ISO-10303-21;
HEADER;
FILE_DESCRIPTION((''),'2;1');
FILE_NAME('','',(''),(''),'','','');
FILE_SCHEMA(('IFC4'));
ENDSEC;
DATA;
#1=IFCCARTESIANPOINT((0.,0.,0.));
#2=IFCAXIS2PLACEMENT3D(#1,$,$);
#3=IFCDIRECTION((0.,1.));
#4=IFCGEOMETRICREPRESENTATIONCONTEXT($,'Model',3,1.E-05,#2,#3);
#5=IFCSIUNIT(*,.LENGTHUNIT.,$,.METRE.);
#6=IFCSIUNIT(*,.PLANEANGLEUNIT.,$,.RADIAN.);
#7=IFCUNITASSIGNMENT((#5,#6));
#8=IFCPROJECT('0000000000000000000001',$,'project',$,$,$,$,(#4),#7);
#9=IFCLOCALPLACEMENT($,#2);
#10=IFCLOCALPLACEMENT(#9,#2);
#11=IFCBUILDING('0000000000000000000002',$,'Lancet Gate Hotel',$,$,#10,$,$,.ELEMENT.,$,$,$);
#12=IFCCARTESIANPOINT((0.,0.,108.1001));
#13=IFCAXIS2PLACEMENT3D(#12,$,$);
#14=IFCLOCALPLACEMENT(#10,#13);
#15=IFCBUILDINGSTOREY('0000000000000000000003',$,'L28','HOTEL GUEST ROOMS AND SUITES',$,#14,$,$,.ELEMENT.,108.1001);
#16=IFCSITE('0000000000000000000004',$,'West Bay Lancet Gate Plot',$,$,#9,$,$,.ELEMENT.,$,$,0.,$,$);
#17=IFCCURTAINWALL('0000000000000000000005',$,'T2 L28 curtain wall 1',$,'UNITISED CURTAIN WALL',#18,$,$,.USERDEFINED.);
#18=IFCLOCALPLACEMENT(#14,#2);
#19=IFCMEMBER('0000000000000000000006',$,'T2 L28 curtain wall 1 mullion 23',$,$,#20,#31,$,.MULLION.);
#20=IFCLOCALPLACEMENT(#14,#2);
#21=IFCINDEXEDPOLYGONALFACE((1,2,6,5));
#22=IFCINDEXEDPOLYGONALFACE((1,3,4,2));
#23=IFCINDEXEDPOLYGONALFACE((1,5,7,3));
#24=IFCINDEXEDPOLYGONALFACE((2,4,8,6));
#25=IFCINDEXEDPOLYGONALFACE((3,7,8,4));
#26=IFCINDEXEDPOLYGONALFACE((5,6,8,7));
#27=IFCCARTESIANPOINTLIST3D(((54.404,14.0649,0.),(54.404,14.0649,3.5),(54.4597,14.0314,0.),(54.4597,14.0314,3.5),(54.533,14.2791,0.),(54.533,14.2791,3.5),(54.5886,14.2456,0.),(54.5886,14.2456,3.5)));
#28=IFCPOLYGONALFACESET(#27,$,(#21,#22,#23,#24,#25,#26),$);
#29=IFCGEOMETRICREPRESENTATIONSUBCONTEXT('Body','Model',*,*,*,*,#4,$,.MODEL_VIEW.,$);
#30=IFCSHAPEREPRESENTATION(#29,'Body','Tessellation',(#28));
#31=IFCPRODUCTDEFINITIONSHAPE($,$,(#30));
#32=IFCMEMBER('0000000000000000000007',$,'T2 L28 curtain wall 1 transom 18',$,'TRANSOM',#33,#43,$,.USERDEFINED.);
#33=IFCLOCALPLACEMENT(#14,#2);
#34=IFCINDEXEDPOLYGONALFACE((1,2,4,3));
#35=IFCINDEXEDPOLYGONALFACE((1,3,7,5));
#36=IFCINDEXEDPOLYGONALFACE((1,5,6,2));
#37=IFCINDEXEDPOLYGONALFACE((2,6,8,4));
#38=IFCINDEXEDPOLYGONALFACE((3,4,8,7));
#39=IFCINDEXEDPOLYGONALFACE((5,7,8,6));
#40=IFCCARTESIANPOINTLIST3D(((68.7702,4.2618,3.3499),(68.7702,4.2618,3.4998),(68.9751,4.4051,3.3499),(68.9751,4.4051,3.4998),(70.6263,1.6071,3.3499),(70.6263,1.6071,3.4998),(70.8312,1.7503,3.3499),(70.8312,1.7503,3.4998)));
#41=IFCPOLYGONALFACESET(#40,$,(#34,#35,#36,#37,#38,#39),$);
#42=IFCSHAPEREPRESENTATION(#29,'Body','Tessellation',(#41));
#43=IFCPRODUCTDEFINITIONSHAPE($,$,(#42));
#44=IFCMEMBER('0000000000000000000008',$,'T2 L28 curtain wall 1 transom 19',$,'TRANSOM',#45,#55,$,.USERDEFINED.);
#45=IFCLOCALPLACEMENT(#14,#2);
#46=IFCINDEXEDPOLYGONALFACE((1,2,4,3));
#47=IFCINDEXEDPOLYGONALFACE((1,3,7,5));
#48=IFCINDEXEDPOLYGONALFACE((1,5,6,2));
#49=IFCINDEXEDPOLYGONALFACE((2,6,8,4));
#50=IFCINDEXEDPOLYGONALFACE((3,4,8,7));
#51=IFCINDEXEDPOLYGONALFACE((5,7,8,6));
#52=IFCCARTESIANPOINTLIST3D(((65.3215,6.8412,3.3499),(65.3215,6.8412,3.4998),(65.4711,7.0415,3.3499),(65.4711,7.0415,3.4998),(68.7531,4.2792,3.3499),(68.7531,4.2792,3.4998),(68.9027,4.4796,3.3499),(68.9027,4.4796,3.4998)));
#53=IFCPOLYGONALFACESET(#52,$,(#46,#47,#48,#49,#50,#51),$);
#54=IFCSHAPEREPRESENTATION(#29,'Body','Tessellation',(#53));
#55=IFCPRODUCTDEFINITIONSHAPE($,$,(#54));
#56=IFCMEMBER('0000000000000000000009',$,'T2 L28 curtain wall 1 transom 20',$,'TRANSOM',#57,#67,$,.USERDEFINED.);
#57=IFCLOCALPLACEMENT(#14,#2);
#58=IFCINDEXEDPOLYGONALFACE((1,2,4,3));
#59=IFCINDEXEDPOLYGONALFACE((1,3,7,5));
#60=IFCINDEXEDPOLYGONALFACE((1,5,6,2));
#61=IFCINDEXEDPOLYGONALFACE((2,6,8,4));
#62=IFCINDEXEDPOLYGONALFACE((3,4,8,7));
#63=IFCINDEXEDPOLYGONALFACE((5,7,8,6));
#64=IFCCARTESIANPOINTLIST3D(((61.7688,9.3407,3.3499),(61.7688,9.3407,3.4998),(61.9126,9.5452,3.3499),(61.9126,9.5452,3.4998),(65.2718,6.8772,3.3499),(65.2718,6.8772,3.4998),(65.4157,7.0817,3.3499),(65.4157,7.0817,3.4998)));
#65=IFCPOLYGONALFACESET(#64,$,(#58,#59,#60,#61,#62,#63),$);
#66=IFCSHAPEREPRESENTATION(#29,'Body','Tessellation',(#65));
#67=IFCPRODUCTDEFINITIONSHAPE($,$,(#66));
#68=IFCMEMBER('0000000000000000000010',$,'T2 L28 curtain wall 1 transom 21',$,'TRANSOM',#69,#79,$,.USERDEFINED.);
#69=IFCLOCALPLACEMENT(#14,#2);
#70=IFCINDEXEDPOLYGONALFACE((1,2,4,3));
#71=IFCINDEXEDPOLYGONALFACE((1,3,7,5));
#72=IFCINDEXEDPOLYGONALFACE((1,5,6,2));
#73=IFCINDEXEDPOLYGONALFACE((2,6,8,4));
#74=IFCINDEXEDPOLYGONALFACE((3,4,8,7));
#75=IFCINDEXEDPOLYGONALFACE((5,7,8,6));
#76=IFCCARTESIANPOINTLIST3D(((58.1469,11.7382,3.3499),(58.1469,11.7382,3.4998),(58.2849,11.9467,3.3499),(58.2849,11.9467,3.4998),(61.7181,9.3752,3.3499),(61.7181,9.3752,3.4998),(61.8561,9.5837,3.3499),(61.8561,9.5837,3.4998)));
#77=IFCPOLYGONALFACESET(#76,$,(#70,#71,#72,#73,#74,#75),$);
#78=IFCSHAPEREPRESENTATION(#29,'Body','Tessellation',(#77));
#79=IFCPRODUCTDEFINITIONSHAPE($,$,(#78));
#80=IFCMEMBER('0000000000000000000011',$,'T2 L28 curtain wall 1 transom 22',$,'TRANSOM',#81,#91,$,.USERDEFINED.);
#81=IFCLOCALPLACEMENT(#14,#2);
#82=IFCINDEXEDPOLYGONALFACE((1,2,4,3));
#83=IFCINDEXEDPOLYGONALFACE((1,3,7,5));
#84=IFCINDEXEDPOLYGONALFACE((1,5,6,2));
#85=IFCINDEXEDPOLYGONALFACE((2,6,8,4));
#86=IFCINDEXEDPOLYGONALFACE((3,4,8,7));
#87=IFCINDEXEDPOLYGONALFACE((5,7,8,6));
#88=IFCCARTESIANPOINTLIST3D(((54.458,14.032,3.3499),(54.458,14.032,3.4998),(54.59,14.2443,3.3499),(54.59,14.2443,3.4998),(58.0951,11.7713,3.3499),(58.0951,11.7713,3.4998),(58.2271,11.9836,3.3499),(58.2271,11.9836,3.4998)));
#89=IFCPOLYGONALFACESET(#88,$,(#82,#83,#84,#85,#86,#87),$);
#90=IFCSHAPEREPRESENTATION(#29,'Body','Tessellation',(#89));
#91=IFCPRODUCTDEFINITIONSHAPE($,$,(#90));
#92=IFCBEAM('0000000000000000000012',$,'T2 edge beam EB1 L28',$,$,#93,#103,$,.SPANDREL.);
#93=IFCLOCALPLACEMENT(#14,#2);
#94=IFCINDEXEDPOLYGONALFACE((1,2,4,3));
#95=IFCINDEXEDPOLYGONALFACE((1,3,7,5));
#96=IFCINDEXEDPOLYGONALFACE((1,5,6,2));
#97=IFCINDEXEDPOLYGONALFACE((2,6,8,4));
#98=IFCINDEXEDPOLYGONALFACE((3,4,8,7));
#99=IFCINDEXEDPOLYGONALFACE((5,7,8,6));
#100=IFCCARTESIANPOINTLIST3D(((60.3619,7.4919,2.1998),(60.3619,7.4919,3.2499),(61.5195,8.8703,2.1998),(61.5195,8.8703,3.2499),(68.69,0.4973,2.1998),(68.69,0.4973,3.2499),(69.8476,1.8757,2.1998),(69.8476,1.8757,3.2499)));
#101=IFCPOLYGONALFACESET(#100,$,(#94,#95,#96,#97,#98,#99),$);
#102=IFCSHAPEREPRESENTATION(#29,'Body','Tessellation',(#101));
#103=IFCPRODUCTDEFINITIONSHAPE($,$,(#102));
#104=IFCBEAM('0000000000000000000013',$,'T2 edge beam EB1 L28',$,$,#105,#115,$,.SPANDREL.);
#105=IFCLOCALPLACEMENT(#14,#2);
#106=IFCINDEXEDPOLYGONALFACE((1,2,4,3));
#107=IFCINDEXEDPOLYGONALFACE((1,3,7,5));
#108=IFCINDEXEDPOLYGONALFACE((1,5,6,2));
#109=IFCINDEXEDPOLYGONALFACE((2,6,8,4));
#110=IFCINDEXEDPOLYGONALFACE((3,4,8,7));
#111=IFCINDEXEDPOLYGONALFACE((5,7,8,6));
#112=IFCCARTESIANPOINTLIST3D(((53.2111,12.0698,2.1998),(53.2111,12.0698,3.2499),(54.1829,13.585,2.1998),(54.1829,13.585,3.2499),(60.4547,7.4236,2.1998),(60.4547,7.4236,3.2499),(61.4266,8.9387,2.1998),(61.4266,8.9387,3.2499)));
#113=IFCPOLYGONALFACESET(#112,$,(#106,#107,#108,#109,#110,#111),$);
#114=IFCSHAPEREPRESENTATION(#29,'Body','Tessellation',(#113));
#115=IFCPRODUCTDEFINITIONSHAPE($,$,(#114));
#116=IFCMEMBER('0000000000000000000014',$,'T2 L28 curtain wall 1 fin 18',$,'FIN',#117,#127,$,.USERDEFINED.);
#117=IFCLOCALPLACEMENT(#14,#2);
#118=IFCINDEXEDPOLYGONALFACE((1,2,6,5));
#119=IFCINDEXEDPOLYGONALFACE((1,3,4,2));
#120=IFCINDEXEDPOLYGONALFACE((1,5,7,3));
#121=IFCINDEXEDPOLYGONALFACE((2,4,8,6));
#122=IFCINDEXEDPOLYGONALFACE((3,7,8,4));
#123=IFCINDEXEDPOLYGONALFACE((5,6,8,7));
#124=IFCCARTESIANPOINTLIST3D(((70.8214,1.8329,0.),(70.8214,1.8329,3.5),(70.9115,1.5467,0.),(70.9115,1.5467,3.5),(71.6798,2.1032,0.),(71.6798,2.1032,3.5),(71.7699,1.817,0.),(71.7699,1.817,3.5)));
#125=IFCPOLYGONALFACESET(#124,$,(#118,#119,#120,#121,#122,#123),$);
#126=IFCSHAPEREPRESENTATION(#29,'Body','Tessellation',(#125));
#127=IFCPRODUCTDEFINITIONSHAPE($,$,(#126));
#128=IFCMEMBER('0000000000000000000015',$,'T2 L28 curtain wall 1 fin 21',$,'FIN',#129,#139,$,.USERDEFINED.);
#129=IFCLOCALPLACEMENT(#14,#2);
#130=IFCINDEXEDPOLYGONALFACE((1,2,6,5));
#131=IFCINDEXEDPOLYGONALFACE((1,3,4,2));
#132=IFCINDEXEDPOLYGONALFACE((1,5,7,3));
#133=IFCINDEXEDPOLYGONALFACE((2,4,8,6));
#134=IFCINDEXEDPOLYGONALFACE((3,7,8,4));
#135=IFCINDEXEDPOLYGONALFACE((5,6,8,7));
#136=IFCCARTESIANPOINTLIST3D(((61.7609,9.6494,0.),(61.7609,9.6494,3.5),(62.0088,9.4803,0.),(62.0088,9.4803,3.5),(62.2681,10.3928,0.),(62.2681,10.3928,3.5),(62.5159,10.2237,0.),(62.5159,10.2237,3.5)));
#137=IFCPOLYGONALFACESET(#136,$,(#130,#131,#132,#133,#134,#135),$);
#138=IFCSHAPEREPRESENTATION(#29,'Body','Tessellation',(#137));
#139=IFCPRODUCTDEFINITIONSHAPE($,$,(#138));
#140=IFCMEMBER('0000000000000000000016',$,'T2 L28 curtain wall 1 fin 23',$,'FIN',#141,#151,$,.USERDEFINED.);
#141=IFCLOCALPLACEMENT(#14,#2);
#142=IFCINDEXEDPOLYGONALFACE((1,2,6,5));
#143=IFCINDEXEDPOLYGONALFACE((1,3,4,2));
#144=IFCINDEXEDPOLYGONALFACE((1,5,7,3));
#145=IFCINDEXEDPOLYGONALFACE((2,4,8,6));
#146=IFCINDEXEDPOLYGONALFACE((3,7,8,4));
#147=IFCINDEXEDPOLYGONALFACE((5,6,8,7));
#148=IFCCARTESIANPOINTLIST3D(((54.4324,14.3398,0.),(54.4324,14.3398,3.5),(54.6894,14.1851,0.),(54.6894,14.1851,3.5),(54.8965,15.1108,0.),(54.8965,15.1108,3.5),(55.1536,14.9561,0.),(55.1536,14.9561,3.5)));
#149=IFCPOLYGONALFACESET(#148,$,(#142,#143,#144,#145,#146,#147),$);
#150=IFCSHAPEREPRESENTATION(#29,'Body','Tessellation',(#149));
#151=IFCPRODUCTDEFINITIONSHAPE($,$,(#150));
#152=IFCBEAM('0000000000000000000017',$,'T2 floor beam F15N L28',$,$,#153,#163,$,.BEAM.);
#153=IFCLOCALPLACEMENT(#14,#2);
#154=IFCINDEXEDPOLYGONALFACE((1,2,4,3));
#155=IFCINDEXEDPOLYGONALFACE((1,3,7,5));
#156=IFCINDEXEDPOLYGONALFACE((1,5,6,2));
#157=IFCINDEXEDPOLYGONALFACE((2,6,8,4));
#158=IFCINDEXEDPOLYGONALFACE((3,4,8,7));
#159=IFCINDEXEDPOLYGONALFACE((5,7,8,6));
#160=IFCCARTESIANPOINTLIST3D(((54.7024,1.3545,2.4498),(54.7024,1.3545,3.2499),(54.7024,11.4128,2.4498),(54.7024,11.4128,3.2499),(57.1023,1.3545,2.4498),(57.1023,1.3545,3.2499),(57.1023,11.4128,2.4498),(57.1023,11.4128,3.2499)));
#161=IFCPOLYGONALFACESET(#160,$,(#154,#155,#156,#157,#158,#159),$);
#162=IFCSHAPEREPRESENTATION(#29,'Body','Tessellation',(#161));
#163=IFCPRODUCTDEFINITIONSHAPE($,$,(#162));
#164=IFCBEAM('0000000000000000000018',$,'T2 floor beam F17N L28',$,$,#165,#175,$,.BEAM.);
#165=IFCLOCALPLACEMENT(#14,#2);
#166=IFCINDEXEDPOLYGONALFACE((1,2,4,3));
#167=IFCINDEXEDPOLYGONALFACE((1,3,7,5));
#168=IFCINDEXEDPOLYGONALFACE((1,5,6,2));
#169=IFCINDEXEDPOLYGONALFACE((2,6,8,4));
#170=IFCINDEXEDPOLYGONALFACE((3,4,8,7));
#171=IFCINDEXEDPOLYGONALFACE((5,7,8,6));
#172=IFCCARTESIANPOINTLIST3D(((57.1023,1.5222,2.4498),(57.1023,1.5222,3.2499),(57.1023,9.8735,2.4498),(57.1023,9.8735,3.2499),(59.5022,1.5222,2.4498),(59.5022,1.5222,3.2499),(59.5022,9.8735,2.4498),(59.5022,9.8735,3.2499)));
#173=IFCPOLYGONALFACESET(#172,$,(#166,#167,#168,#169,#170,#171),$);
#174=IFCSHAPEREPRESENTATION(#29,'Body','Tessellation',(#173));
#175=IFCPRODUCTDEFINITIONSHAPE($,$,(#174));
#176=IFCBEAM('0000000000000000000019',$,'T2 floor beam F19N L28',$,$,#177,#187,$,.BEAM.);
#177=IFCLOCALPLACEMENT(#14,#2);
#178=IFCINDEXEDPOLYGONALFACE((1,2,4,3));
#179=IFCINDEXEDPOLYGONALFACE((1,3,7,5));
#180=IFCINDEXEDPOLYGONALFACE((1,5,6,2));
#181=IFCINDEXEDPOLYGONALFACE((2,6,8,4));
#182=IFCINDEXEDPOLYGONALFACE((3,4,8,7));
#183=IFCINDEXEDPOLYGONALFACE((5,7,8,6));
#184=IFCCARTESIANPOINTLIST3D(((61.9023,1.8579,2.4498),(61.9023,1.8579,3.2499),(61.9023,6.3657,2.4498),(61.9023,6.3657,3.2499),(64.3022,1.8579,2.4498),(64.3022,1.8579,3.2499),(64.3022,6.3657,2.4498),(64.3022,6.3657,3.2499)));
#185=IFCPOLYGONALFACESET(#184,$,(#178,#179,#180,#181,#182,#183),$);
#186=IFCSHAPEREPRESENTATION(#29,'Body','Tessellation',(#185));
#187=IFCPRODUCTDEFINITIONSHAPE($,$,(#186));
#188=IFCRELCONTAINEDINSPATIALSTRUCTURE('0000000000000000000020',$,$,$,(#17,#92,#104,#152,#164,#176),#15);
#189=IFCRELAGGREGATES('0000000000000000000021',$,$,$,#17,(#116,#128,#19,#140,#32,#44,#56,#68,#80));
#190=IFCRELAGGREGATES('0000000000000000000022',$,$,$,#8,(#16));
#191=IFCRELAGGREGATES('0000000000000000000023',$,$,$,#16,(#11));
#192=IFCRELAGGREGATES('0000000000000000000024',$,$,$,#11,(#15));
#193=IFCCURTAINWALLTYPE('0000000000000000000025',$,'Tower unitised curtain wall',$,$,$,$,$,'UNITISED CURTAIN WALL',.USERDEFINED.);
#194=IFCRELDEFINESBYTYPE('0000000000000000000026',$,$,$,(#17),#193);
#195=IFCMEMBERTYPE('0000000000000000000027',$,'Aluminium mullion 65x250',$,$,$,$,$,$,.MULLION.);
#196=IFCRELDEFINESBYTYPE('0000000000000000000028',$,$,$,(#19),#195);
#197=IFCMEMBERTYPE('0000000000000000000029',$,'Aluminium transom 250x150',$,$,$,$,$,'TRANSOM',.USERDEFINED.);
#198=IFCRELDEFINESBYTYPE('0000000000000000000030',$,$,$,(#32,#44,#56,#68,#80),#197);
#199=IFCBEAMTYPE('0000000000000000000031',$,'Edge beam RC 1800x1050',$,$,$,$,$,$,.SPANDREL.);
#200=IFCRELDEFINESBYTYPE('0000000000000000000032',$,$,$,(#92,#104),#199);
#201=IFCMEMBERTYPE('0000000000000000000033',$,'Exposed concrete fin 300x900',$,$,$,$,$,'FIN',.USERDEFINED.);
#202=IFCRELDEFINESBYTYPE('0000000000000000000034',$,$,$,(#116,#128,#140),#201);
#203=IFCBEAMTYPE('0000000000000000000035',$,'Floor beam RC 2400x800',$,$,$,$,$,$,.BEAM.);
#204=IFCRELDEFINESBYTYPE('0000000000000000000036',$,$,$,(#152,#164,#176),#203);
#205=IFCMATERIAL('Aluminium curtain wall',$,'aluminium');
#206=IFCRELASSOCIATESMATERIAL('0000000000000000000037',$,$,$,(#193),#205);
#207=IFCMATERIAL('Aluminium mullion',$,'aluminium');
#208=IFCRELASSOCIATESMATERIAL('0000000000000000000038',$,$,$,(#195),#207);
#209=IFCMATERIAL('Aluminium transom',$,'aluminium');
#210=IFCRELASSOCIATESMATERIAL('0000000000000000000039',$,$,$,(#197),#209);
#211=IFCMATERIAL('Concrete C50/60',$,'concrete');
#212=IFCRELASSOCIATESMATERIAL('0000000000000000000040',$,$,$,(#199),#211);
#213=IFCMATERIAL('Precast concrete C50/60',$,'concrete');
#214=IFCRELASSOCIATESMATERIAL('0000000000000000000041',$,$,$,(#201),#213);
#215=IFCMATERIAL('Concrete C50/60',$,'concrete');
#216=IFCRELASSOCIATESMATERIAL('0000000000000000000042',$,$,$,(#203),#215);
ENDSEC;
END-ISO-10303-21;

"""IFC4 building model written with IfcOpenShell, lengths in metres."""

from ifc_helpers import new_model, si_unit, direction, frame, origin, origin_2d, place, context, subcontext, project, spatial, rectangle, extrude, material, material_profile, profile_set, type_object, element, aggregate, save


model = new_model("IFC4")

# Units and contexts
model_context = context("Model", 3, precision=1e-05, world=origin(), true_north=direction((0.0, 1.0)))
body_context = subcontext(model_context, "Body", "Model", "MODEL_VIEW")
ifc_project = project(units=[si_unit("LENGTHUNIT", "METRE"), si_unit("PLANEANGLEUNIT", "RADIAN")], contexts=[model_context])

# Site, building, storey
site_placement = place(None, origin())
site = spatial("IfcSite", under=ifc_project, at=site_placement, Name="West Bay Lancet Gate Plot", CompositionType="ELEMENT", RefElevation=0.0)
building_placement = place(site_placement, origin())
building = spatial("IfcBuilding", under=site, at=building_placement, Name="Lancet Gate Hotel", CompositionType="ELEMENT")
storey_placement = place(building_placement, frame((0.0, 0.0, 108.1001)))
storey = spatial("IfcBuildingStorey", under=building, at=storey_placement, Name="L28", Description="HOTEL GUEST ROOMS AND SUITES", CompositionType="ELEMENT", Elevation=108.1001)

# Curtain wall, members
ifc_material_1 = material(Name="Aluminium curtain wall", Category="aluminium")
curtain_wall_type = type_object("IfcCurtainWallType", Name="Tower unitised curtain wall", ElementType="UNITISED CURTAIN WALL", PredefinedType="USERDEFINED", material=ifc_material_1)
curtain_wall_placement = place(storey_placement, origin())
curtain_wall = element("IfcCurtainWall", 1, at=curtain_wall_placement, inside=storey, type_object=curtain_wall_type, Name="T2 L28 curtain wall 1", ObjectType="UNITISED CURTAIN WALL", PredefinedType="USERDEFINED")
ifc_material_2 = material(Name="Aluminium mullion", Category="aluminium")
ifc_material_profile_1 = material_profile(ifc_material_2, rectangle(XDim=0.0649, YDim=0.25, at=origin_2d()), Name="MULLION 65x250")
ifc_profile_set_1 = profile_set([ifc_material_profile_1], Name="Aluminium mullion")
member_type_1 = type_object("IfcMemberType", Name="Aluminium mullion 65x250", PredefinedType="MULLION", material=ifc_profile_set_1)
member_1_placement = place(storey_placement, frame((54.4963, 14.1553, 0.0), z_axis=(0.0, 0.0, 1.0), x_axis=(-0.856728, 0.515768, 0.0)))
member_1 = element("IfcMember", 2, at=member_1_placement, type_object=member_type_1, Name="T2 L28 curtain wall 1 mullion 23", PredefinedType="MULLION", context=body_context, shape_type="SweptSolid", body=[
    extrude(rectangle(XDim=0.0649, YDim=0.25, at=origin_2d()), origin(), (0.0, 0.0, 1.0), 3.5),
])
ifc_material_3 = material(Name="Aluminium transom", Category="aluminium")
ifc_material_profile_2 = material_profile(ifc_material_3, rectangle(XDim=0.25, YDim=0.1499, at=origin_2d()), Name="TRANSOM 250x150")
ifc_profile_set_2 = profile_set([ifc_material_profile_2], Name="Aluminium transom")
member_type_2 = type_object("IfcMemberType", Name="Aluminium transom 250x150", ElementType="TRANSOM", PredefinedType="USERDEFINED", material=ifc_profile_set_2)
member_2_placement = place(storey_placement, frame((70.7288, 1.6787, 3.4248), z_axis=(-0.573017, 0.819543, 0.0), x_axis=(-0.819543, -0.573017, 0.0)))
member_2 = element("IfcMember", 3, at=member_2_placement, type_object=member_type_2, Name="T2 L28 curtain wall 1 transom 18", ObjectType="TRANSOM", PredefinedType="USERDEFINED", context=body_context, shape_type="SweptSolid", body=[
    extrude(rectangle(XDim=0.25, YDim=0.1499, at=origin_2d()), origin(), (0.0, 0.0, 1.0), 3.2393),
])
member_3_placement = place(storey_placement, frame((68.8279, 4.3794, 3.4248), z_axis=(-0.801312, 0.598247, 0.0), x_axis=(-0.598247, -0.801312, 0.0)))
member_3 = element("IfcMember", 4, at=member_3_placement, type_object=member_type_2, Name="T2 L28 curtain wall 1 transom 19", ObjectType="TRANSOM", PredefinedType="USERDEFINED", context=body_context, shape_type="SweptSolid", body=[
    extrude(rectangle(XDim=0.25, YDim=0.1499, at=origin_2d()), origin(), (0.0, 0.0, 1.0), 4.2825),
])
member_4_placement = place(storey_placement, frame((65.3438, 6.9795, 3.4248), z_axis=(-0.817987, 0.575236, 0.0), x_axis=(-0.575236, -0.817987, 0.0)))
member_4 = element("IfcMember", 5, at=member_4_placement, type_object=member_type_2, Name="T2 L28 curtain wall 1 transom 20", ObjectType="TRANSOM", PredefinedType="USERDEFINED", context=body_context, shape_type="SweptSolid", body=[
    extrude(rectangle(XDim=0.25, YDim=0.1499, at=origin_2d()), origin(), (0.0, 0.0, 1.0), 4.2825),
])
member_5_placement = place(storey_placement, frame((61.7871, 9.4795, 3.4248), z_axis=(-0.833966, 0.551816, 0.0), x_axis=(-0.551816, -0.833966, 0.0)))
member_5 = element("IfcMember", 6, at=member_5_placement, type_object=member_type_2, Name="T2 L28 curtain wall 1 transom 21", ObjectType="TRANSOM", PredefinedType="USERDEFINED", context=body_context, shape_type="SweptSolid", body=[
    extrude(rectangle(XDim=0.25, YDim=0.1499, at=origin_2d()), origin(), (0.0, 0.0, 1.0), 4.2822),
])
member_6_placement = place(storey_placement, frame((58.1611, 11.8774, 3.4248), z_axis=(-0.849309, 0.527896, 0.0), x_axis=(-0.527896, -0.849309, 0.0)))
member_6 = element("IfcMember", 7, at=member_6_placement, type_object=member_type_2, Name="T2 L28 curtain wall 1 transom 22", ObjectType="TRANSOM", PredefinedType="USERDEFINED", context=body_context, shape_type="SweptSolid", body=[
    extrude(rectangle(XDim=0.25, YDim=0.1499, at=origin_2d()), origin(), (0.0, 0.0, 1.0), 4.2825),
])

# Beams
ifc_material_4 = material(Name="Concrete C50/60", Category="concrete")
ifc_material_profile_3 = material_profile(ifc_material_4, rectangle(XDim=1.8, YDim=1.05, at=origin_2d()), Name="RC 1800x1050")
ifc_profile_set_3 = profile_set([ifc_material_profile_3], Name="Concrete C50/60")
beam_type_1 = type_object("IfcBeamType", Name="Edge beam RC 1800x1050", PredefinedType="SPANDREL", material=ifc_profile_set_3)
beam_1_placement = place(storey_placement, frame((69.2688, 1.1865, 2.7249), z_axis=(-0.76575, 0.643138, 0.0), x_axis=(-0.643138, -0.76575, 0.0)))
element("IfcBeam", 8, at=beam_1_placement, inside=storey, type_object=beam_type_1, Name="T2 edge beam EB1 L28", PredefinedType="SPANDREL", context=body_context, shape_type="SweptSolid", body=[
    extrude(rectangle(XDim=1.8, YDim=1.05, at=origin_2d()), origin(), (0.0, 0.0, 1.0), 10.8757),
])
beam_2_placement = place(storey_placement, frame((60.9407, 8.1812, 2.7249), z_axis=(-0.841727, 0.539903, 0.0), x_axis=(-0.539903, -0.841727, 0.0)))
element("IfcBeam", 9, at=beam_2_placement, inside=storey, type_object=beam_type_1, Name="T2 edge beam EB1 L28", PredefinedType="SPANDREL", context=body_context, shape_type="SweptSolid", body=[
    extrude(rectangle(XDim=1.8, YDim=1.05, at=origin_2d()), origin(), (0.0, 0.0, 1.0), 8.6057),
])

# Members
ifc_material_5 = material(Name="Precast concrete C50/60", Category="concrete")
ifc_material_profile_4 = material_profile(ifc_material_5, rectangle(XDim=0.3, YDim=0.8999, at=origin_2d()), Name="FIN 300x900")
ifc_profile_set_4 = profile_set([ifc_material_profile_4], Name="Precast concrete C50/60")
member_type_3 = type_object("IfcMemberType", Name="Exposed concrete fin 300x900", ElementType="FIN", PredefinedType="USERDEFINED", material=ifc_profile_set_4)
member_7_placement = place(storey_placement, frame((71.2957, 1.825, 0.0), z_axis=(0.0, 0.0, 1.0), x_axis=(-0.300385, 0.953818, 0.0)))
member_7 = element("IfcMember", 10, at=member_7_placement, type_object=member_type_3, Name="T2 L28 curtain wall 1 fin 18", ObjectType="FIN", PredefinedType="USERDEFINED", context=body_context, shape_type="SweptSolid", body=[
    extrude(rectangle(XDim=0.3, YDim=0.8999, at=origin_2d()), origin(), (0.0, 0.0, 1.0), 3.5),
])
member_8_placement = place(storey_placement, frame((62.1384, 9.9365, 0.0), z_axis=(0.0, 0.0, 1.0), x_axis=(-0.826066, 0.563574, 0.0)))
member_8 = element("IfcMember", 11, at=member_8_placement, type_object=member_type_3, Name="T2 L28 curtain wall 1 fin 21", ObjectType="FIN", PredefinedType="USERDEFINED", context=body_context, shape_type="SweptSolid", body=[
    extrude(rectangle(XDim=0.3, YDim=0.8999, at=origin_2d()), origin(), (0.0, 0.0, 1.0), 3.5),
])
member_9_placement = place(storey_placement, frame((54.793, 14.6479, 0.0), z_axis=(0.0, 0.0, 1.0), x_axis=(-0.856728, 0.515768, 0.0)))
member_9 = element("IfcMember", 12, at=member_9_placement, type_object=member_type_3, Name="T2 L28 curtain wall 1 fin 23", ObjectType="FIN", PredefinedType="USERDEFINED", context=body_context, shape_type="SweptSolid", body=[
    extrude(rectangle(XDim=0.3, YDim=0.8999, at=origin_2d()), origin(), (0.0, 0.0, 1.0), 3.5),
])

# Beams
ifc_material_6 = material(Name="Concrete C50/60", Category="concrete")
ifc_material_profile_5 = material_profile(ifc_material_6, rectangle(XDim=2.3999, YDim=0.8, at=origin_2d()), Name="RC 2400x800")
ifc_profile_set_5 = profile_set([ifc_material_profile_5], Name="Concrete C50/60")
beam_type_2 = type_object("IfcBeamType", Name="Floor beam RC 2400x800", PredefinedType="BEAM", material=ifc_profile_set_5)
beam_3_placement = place(storey_placement, frame((55.9023, 1.3545, 2.8499), z_axis=(0.0, 1.0, 0.0), x_axis=(-1.0, 0.0, 0.0)))
element("IfcBeam", 13, at=beam_3_placement, inside=storey, type_object=beam_type_2, Name="T2 floor beam F15N L28", PredefinedType="BEAM", context=body_context, shape_type="SweptSolid", body=[
    extrude(rectangle(XDim=2.3999, YDim=0.8, at=origin_2d()), origin(), (0.0, 0.0, 1.0), 10.0583),
])
beam_4_placement = place(storey_placement, frame((58.3022, 1.5222, 2.8499), z_axis=(0.0, 1.0, 0.0), x_axis=(-1.0, 0.0, 0.0)))
element("IfcBeam", 14, at=beam_4_placement, inside=storey, type_object=beam_type_2, Name="T2 floor beam F17N L28", PredefinedType="BEAM", context=body_context, shape_type="SweptSolid", body=[
    extrude(rectangle(XDim=2.3999, YDim=0.8, at=origin_2d()), origin(), (0.0, 0.0, 1.0), 8.3513),
])
beam_5_placement = place(storey_placement, frame((63.1023, 1.8579, 2.8499), z_axis=(0.0, 1.0, 0.0), x_axis=(-1.0, 0.0, 0.0)))
element("IfcBeam", 15, at=beam_5_placement, inside=storey, type_object=beam_type_2, Name="T2 floor beam F19N L28", PredefinedType="BEAM", context=body_context, shape_type="SweptSolid", body=[
    extrude(rectangle(XDim=2.3999, YDim=0.8, at=origin_2d()), origin(), (0.0, 0.0, 1.0), 4.5078),
])

aggregate(curtain_wall, [member_7, member_8, member_1, member_9, member_2, member_3, member_4, member_5, member_6])

save(model, "model.ifc")
